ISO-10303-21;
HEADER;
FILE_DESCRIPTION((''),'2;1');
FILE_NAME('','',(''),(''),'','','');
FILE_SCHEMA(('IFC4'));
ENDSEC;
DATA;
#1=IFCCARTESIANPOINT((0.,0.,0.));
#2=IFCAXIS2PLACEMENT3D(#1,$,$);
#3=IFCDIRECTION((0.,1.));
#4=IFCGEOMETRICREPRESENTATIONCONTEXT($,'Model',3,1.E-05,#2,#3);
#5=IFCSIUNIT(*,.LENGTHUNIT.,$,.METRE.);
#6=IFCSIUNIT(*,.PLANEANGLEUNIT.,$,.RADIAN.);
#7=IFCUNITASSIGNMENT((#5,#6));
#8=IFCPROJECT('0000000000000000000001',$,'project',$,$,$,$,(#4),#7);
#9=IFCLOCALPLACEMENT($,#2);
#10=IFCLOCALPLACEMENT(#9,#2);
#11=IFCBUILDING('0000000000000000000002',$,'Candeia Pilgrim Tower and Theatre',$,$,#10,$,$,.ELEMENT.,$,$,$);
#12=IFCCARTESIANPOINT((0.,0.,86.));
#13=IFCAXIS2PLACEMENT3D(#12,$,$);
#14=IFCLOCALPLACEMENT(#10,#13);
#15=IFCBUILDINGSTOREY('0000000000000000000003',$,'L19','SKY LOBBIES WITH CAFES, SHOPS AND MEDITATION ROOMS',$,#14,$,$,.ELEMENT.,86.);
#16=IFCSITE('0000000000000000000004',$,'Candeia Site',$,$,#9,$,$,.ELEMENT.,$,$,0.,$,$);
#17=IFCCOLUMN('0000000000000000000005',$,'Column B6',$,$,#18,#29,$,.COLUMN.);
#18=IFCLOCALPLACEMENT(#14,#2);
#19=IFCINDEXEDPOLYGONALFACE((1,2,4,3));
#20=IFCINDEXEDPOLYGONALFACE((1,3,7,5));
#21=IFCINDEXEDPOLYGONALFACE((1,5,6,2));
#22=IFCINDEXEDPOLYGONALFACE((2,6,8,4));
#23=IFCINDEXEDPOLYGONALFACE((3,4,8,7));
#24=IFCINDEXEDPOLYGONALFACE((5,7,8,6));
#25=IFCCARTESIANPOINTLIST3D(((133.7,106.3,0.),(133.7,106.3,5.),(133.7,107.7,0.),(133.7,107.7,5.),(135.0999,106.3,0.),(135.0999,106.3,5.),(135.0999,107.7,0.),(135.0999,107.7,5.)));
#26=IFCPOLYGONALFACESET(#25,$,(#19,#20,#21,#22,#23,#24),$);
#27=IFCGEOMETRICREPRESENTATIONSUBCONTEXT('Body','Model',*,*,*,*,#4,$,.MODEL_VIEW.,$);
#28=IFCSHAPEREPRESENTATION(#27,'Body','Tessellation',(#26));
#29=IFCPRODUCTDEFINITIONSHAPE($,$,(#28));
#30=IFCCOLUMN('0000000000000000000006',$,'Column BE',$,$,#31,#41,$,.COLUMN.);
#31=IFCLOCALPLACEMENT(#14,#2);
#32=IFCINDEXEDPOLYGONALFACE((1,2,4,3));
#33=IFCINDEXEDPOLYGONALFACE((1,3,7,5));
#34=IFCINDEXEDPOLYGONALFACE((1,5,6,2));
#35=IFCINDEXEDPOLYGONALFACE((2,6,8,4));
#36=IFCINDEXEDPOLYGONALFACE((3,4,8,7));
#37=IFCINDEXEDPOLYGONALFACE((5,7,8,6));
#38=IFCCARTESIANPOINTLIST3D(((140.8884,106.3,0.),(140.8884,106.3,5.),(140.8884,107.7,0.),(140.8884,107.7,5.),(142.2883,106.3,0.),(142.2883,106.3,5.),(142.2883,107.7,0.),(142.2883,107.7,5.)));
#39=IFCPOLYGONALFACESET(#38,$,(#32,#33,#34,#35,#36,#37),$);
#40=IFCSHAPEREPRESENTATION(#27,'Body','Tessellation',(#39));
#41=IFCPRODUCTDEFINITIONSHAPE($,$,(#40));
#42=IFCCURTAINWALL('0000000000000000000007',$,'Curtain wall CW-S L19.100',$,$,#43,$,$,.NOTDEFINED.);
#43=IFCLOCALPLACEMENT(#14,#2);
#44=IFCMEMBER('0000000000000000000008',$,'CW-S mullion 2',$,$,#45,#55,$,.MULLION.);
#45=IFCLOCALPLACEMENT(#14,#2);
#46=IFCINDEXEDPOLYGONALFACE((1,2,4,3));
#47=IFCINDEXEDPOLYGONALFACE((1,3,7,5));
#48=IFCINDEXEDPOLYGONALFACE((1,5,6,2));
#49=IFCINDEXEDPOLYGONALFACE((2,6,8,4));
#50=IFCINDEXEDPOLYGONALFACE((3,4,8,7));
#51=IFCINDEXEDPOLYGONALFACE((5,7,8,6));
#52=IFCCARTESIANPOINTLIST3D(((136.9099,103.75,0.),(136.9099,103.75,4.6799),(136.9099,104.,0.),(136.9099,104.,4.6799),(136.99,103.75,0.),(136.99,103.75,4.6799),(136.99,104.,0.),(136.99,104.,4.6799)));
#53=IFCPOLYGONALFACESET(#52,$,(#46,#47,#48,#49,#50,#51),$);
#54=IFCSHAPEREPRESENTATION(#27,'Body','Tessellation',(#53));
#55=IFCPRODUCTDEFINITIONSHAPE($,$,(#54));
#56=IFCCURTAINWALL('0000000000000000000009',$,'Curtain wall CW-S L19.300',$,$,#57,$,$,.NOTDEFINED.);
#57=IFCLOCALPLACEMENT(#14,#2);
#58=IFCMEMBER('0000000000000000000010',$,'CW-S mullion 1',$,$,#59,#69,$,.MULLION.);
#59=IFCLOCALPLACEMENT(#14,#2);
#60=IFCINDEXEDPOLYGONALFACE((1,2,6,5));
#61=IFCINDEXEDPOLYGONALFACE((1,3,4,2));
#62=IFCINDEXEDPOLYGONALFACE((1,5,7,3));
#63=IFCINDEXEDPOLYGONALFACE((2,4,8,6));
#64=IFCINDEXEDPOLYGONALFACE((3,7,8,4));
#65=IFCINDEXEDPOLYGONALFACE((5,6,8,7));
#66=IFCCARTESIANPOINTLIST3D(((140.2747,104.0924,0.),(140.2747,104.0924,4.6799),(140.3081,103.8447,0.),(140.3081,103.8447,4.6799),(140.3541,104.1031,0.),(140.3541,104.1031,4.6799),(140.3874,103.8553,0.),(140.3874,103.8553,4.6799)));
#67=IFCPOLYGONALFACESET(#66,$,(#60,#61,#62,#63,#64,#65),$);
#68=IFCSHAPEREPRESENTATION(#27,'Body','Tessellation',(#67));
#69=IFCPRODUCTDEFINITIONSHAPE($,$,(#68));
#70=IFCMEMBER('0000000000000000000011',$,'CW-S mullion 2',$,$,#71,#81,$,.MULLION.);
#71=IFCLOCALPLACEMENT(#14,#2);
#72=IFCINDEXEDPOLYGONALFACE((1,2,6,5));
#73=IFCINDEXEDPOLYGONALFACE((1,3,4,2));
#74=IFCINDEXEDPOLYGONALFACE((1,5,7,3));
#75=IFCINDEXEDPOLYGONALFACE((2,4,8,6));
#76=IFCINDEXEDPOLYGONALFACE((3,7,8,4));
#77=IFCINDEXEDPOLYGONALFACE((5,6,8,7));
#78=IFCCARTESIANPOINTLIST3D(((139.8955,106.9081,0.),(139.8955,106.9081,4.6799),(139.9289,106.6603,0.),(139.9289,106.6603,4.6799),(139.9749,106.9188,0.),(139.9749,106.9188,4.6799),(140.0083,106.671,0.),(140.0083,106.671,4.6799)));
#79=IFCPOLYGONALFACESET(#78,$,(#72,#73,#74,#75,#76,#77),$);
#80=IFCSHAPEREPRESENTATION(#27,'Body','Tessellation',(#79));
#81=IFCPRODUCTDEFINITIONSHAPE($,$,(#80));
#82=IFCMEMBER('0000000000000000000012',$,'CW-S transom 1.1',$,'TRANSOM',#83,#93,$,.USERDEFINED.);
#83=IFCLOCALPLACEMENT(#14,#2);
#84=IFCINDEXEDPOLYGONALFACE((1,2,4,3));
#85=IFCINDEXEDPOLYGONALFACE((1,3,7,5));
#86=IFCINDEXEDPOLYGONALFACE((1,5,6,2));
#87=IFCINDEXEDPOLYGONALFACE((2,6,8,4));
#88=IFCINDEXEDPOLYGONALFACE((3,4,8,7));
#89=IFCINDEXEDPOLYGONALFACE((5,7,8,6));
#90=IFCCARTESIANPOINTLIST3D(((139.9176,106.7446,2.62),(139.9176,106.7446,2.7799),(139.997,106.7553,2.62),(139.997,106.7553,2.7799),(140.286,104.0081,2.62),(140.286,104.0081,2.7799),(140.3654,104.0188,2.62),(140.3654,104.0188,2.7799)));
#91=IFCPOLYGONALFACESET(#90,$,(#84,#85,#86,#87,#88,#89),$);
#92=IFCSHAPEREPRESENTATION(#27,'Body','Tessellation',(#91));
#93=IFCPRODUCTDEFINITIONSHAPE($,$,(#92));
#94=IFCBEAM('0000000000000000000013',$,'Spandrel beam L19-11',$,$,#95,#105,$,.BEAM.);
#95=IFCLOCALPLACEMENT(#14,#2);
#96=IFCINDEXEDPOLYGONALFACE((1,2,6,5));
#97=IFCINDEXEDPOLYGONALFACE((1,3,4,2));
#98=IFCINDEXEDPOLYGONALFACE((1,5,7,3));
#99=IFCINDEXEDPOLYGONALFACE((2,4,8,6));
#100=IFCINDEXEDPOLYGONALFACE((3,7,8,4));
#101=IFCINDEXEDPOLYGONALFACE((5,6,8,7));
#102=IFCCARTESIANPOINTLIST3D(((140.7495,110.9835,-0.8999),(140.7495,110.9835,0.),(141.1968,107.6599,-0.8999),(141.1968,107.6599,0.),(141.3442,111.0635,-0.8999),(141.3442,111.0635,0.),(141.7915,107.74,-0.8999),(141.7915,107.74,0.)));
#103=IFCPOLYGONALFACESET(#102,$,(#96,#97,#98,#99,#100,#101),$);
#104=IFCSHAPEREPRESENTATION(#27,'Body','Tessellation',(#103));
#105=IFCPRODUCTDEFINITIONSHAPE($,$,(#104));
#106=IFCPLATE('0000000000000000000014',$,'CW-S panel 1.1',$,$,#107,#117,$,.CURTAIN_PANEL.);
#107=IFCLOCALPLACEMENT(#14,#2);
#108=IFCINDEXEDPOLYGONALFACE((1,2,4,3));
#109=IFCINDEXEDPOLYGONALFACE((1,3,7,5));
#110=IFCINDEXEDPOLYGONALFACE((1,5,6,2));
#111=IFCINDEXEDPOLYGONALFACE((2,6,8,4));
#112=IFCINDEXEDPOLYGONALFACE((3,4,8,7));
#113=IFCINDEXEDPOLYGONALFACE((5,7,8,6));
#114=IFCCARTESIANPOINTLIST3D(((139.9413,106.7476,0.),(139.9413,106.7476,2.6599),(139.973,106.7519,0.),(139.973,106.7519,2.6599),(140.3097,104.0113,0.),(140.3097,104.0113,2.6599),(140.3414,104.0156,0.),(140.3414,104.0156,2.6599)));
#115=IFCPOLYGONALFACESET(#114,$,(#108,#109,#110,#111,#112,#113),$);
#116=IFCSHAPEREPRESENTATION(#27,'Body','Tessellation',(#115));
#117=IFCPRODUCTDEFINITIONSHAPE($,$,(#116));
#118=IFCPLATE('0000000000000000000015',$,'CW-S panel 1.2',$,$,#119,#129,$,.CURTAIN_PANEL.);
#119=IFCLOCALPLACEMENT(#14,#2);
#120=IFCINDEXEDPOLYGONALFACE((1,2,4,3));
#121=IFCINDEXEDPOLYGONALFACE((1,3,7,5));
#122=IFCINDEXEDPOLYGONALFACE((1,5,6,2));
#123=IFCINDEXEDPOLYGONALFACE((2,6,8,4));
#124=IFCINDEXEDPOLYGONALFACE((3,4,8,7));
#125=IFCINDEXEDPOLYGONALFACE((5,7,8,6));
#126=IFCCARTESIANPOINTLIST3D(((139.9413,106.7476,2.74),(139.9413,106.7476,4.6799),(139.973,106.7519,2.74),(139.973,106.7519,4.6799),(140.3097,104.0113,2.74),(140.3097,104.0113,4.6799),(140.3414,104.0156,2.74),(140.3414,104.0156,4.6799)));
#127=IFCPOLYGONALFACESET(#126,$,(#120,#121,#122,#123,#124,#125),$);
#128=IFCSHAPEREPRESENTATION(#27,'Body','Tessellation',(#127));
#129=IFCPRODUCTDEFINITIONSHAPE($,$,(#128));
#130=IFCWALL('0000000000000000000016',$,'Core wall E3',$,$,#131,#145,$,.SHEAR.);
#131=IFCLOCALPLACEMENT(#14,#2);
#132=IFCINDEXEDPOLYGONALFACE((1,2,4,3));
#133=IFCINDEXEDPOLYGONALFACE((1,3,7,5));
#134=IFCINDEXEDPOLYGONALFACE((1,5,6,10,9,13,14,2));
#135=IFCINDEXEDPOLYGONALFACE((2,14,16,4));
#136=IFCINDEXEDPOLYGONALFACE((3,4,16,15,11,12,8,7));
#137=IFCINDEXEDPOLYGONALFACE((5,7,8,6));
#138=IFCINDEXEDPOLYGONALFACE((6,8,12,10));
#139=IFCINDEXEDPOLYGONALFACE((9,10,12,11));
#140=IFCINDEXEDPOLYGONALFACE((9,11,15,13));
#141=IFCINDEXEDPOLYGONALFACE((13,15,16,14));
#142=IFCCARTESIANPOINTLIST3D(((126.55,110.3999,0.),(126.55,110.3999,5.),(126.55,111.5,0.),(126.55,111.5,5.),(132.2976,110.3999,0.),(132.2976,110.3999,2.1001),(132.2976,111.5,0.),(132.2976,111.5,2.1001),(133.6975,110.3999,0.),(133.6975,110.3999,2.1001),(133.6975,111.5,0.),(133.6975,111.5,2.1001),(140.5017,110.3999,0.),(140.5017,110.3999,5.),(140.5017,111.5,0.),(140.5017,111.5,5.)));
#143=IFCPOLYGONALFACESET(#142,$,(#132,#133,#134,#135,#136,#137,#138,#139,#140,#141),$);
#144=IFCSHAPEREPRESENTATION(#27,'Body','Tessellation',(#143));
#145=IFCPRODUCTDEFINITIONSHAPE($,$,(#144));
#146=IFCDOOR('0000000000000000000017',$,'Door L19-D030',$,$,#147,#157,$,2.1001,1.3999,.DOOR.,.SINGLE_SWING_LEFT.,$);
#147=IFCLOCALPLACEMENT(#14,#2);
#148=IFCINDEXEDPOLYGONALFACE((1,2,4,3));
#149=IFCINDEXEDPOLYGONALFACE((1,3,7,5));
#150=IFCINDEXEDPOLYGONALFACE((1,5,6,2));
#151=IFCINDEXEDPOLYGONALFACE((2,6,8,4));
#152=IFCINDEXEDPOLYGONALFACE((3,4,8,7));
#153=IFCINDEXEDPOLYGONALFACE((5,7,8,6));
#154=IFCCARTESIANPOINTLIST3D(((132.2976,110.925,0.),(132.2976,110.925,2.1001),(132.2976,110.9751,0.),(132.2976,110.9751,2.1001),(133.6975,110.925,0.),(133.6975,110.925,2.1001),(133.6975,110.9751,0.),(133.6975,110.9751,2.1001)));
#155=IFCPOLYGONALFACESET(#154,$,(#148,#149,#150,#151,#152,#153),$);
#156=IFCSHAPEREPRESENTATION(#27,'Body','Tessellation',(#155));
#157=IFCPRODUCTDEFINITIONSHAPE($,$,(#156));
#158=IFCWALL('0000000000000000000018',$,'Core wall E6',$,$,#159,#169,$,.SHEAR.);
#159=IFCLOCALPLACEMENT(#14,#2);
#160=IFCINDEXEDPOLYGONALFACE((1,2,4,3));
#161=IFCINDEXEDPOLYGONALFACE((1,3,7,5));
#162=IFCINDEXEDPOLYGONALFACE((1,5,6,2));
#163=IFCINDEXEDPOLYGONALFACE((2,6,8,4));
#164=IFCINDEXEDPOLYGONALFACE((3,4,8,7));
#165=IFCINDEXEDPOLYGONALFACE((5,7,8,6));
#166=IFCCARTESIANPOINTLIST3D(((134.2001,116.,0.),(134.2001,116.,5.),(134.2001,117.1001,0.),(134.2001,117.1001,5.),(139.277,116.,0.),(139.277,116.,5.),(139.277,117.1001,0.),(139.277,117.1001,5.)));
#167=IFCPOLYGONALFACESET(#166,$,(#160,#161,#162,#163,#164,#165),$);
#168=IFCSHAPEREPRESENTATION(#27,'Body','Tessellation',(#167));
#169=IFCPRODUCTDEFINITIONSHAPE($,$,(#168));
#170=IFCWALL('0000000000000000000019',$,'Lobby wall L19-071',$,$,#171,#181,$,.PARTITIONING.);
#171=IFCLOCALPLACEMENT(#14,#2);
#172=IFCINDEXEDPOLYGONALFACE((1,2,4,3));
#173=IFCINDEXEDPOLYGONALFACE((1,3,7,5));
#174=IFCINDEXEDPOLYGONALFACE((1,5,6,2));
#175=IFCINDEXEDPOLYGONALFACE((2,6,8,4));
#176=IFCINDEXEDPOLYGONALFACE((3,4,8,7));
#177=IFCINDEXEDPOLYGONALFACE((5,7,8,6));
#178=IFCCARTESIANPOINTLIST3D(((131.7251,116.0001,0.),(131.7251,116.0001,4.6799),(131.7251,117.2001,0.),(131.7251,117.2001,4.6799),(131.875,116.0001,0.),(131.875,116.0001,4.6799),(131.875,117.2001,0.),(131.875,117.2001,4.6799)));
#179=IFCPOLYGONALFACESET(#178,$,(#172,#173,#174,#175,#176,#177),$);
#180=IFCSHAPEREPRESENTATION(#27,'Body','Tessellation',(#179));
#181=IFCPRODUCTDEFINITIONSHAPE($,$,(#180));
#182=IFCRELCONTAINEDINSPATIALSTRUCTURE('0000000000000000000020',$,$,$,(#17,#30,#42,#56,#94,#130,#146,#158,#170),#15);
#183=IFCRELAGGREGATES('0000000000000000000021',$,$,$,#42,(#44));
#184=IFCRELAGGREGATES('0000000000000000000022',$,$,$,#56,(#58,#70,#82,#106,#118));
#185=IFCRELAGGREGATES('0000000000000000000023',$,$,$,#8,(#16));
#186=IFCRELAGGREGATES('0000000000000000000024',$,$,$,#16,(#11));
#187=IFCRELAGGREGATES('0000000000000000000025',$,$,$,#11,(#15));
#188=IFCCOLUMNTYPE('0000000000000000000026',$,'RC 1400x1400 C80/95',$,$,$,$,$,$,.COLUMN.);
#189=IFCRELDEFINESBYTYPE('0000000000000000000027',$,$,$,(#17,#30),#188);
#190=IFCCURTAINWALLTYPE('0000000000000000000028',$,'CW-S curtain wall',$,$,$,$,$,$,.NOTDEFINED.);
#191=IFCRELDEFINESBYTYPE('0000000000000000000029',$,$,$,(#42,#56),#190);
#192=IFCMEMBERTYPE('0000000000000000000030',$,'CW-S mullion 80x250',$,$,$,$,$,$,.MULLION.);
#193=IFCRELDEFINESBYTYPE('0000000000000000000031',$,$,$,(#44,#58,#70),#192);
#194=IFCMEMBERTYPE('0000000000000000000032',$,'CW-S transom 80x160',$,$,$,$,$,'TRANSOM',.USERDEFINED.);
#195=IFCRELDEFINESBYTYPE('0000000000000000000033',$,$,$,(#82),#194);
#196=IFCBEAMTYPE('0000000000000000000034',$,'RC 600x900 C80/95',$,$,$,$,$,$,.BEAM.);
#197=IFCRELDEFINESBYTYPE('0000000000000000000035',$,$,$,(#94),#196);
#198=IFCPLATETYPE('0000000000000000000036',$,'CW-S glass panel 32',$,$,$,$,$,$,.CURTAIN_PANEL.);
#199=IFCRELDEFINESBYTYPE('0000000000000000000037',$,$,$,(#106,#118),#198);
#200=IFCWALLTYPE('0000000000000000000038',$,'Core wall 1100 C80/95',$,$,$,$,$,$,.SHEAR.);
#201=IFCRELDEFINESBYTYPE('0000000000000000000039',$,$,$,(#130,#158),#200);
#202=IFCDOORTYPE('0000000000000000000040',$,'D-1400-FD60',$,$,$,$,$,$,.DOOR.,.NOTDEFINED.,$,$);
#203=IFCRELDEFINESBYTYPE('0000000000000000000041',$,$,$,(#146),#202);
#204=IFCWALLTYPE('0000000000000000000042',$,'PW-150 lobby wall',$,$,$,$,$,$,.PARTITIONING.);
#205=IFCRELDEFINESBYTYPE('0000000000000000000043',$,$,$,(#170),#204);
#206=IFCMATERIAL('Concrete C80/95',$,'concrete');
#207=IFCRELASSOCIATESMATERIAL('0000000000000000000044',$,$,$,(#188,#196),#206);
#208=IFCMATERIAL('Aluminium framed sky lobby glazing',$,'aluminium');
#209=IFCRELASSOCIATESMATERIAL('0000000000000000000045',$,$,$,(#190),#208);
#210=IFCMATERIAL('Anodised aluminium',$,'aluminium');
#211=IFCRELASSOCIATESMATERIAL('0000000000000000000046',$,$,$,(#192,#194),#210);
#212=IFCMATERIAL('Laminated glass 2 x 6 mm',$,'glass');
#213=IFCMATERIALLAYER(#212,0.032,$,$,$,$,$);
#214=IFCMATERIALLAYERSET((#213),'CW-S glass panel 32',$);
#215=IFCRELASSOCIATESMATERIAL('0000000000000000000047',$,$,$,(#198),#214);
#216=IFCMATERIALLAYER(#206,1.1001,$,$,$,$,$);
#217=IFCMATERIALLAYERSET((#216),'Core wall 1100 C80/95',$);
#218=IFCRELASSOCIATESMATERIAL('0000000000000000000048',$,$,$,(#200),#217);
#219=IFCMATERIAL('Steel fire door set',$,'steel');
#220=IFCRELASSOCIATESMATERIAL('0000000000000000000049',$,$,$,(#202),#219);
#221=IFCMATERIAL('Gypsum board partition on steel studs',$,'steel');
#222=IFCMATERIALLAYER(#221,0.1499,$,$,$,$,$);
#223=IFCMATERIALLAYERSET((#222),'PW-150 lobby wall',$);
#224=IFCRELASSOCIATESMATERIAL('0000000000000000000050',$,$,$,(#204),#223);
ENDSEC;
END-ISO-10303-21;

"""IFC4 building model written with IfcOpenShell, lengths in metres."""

from ifc_helpers import new_model, si_unit, direction, frame, frame_2d, origin, origin_2d, place, context, subcontext, project, spatial, rectangle, extrude, material, layer, layer_set, material_profile, profile_set, type_object, element, fill, aggregate, save


model = new_model("IFC4")

# Units and contexts
model_context = context("Model", 3, precision=1e-05, world=origin(), true_north=direction((0.0, 1.0)))
body_context = subcontext(model_context, "Body", "Model", "MODEL_VIEW")
ifc_project = project(units=[si_unit("LENGTHUNIT", "METRE"), si_unit("PLANEANGLEUNIT", "RADIAN")], contexts=[model_context])

# Site, building, storey
site_placement = place(None, origin())
site = spatial("IfcSite", under=ifc_project, at=site_placement, Name="Candeia Site", CompositionType="ELEMENT", RefElevation=0.0)
building_placement = place(site_placement, origin())
building = spatial("IfcBuilding", under=site, at=building_placement, Name="Candeia Pilgrim Tower and Theatre", CompositionType="ELEMENT")
storey_placement = place(building_placement, frame((0.0, 0.0, 86.0)))
storey = spatial("IfcBuildingStorey", under=building, at=storey_placement, Name="L19", Description="SKY LOBBIES WITH CAFES, SHOPS AND MEDITATION ROOMS", CompositionType="ELEMENT", Elevation=86.0)

# Columns
ifc_material_1 = material(Name="Concrete C80/95", Category="concrete")
ifc_material_profile_1 = material_profile(ifc_material_1, rectangle(XDim=1.3999, YDim=1.3999, at=origin_2d()))
ifc_profile_set_1 = profile_set([ifc_material_profile_1], Name="Concrete C80/95")
column_type = type_object("IfcColumnType", Name="RC 1400x1400 C80/95", PredefinedType="COLUMN", material=ifc_profile_set_1)
for number, where, z_axis, x_axis, name in (
    (1, (134.3999, 107.0, 0.0), (0.0, 0.0, 1.0), (1.0, 0.0, 0.0), "Column B6"),
    (2, (141.5884, 107.0, 0.0), (0.0, 0.0, 1.0), (1.0, 0.0, 0.0), "Column BE"),
):
    element("IfcColumn", number, at=place(storey_placement, frame(where, z_axis=z_axis, x_axis=x_axis)), inside=storey, type_object=column_type, Name=name, PredefinedType="COLUMN", context=body_context, shape_type="SweptSolid", body=[
        extrude(rectangle(XDim=1.3999, YDim=1.3999, at=origin_2d()), origin(), (0.0, 0.0, 1.0), 5.0),
    ])

# Curtain wall, member
ifc_material_2 = material(Name="Aluminium framed sky lobby glazing", Category="aluminium")
curtain_wall_type = type_object("IfcCurtainWallType", Name="CW-S curtain wall", PredefinedType="NOTDEFINED", material=ifc_material_2)
curtain_wall_1_placement = place(storey_placement, origin())
curtain_wall_1 = element("IfcCurtainWall", 3, at=curtain_wall_1_placement, inside=storey, type_object=curtain_wall_type, Name="Curtain wall CW-S L19.100", PredefinedType="NOTDEFINED")
ifc_material_3 = material(Name="Anodised aluminium", Category="aluminium")
ifc_material_profile_2 = material_profile(ifc_material_3, rectangle(XDim=0.0801, YDim=0.25, at=origin_2d()))
ifc_profile_set_2 = profile_set([ifc_material_profile_2], Name="Anodised aluminium")
member_type_1 = type_object("IfcMemberType", Name="CW-S mullion 80x250", PredefinedType="MULLION", material=ifc_profile_set_2)
member_1_placement = place(storey_placement, frame((136.95, 103.875, 0.0), z_axis=(0.0, 0.0, 1.0), x_axis=(-1.0, 0.0, 0.0)))
member_1 = element("IfcMember", 4, at=member_1_placement, type_object=member_type_1, Name="CW-S mullion 2", PredefinedType="MULLION", context=body_context, shape_type="SweptSolid", body=[
    extrude(rectangle(XDim=0.0801, YDim=0.25, at=origin_2d()), origin(), (0.0, 0.0, 1.0), 4.6799),
])
aggregate(curtain_wall_1, [member_1])

# Curtain wall, members
curtain_wall_2_placement = place(storey_placement, origin())
curtain_wall_2 = element("IfcCurtainWall", 5, at=curtain_wall_2_placement, inside=storey, type_object=curtain_wall_type, Name="Curtain wall CW-S L19.300", PredefinedType="NOTDEFINED")
member_2_placement = place(storey_placement, frame((140.3311, 103.9739, 0.0), z_axis=(0.0, 0.0, 1.0), x_axis=(-0.991061, -0.133412, 0.0)))
member_2 = element("IfcMember", 6, at=member_2_placement, type_object=member_type_1, Name="CW-S mullion 1", PredefinedType="MULLION", context=body_context, shape_type="SweptSolid", body=[
    extrude(rectangle(XDim=0.0801, YDim=0.25, at=origin_2d()), origin(), (0.0, 0.0, 1.0), 4.6799),
])
member_3_placement = place(storey_placement, frame((139.9519, 106.7896, 0.0), z_axis=(0.0, 0.0, 1.0), x_axis=(-0.991061, -0.133412, 0.0)))
member_3 = element("IfcMember", 7, at=member_3_placement, type_object=member_type_1, Name="CW-S mullion 2", PredefinedType="MULLION", context=body_context, shape_type="SweptSolid", body=[
    extrude(rectangle(XDim=0.0801, YDim=0.25, at=origin_2d()), origin(), (0.0, 0.0, 1.0), 4.6799),
])
ifc_material_profile_3 = material_profile(ifc_material_3, rectangle(XDim=0.0801, YDim=0.1599, at=origin_2d()))
ifc_profile_set_3 = profile_set([ifc_material_profile_3], Name="Anodised aluminium")
member_type_2 = type_object("IfcMemberType", Name="CW-S transom 80x160", ElementType="TRANSOM", PredefinedType="USERDEFINED", material=ifc_profile_set_3)
member_4_placement = place(storey_placement, frame((140.3257, 104.0134, 2.7), z_axis=(-0.13342, 0.99106, 0.0), x_axis=(-0.99106, -0.13342, 0.0)))
member_4 = element("IfcMember", 8, at=member_4_placement, type_object=member_type_2, Name="CW-S transom 1.1", ObjectType="TRANSOM", PredefinedType="USERDEFINED", context=body_context, shape_type="SweptSolid", body=[
    extrude(rectangle(XDim=0.0801, YDim=0.1599, at=origin_2d()), origin(), (0.0, 0.0, 1.0), 2.7612),
])

# Beam
ifc_material_profile_4 = material_profile(ifc_material_1, rectangle(XDim=0.6001, YDim=0.8999, at=origin_2d()))
ifc_profile_set_4 = profile_set([ifc_material_profile_4], Name="Concrete C80/95")
beam_type = type_object("IfcBeamType", Name="RC 600x900 C80/95", PredefinedType="BEAM", material=ifc_profile_set_4)
beam_placement = place(storey_placement, frame((141.4941, 107.7, -0.45), z_axis=(-0.133375, 0.991066, 0.0), x_axis=(-0.991066, -0.133375, 0.0)))
element("IfcBeam", 9, at=beam_placement, inside=storey, type_object=beam_type, Name="Spandrel beam L19-11", PredefinedType="BEAM", context=body_context, shape_type="SweptSolid", body=[
    extrude(rectangle(XDim=0.6001, YDim=0.8999, at=origin_2d()), origin(), (0.0, 0.0, 1.0), 3.3535),
])

# Plates
ifc_material_4 = material(Name="Laminated glass 2 x 6 mm", Category="glass")
ifc_layer_1 = layer(ifc_material_4, 0.032)
ifc_layer_set_1 = layer_set([ifc_layer_1], Name="CW-S glass panel 32")
plate_type = type_object("IfcPlateType", Name="CW-S glass panel 32", PredefinedType="CURTAIN_PANEL", material=ifc_layer_set_1)
plate_1_placement = place(storey_placement, frame((140.1414, 105.3816, 0.0), z_axis=(0.0, 0.0, 1.0), x_axis=(-0.133412, 0.991061, 0.0)))
plate_1 = element("IfcPlate", 10, at=plate_1_placement, type_object=plate_type, Name="CW-S panel 1.1", PredefinedType="CURTAIN_PANEL", context=body_context, shape_type="SweptSolid", body=[
    extrude(rectangle(XDim=2.761, YDim=0.032, at=origin_2d()), origin(), (0.0, 0.0, 1.0), 2.6599),
])
plate_2_placement = place(storey_placement, frame((140.1414, 105.3816, 2.74), z_axis=(0.0, 0.0, 1.0), x_axis=(-0.133412, 0.991061, 0.0)))
plate_2 = element("IfcPlate", 11, at=plate_2_placement, type_object=plate_type, Name="CW-S panel 1.2", PredefinedType="CURTAIN_PANEL", context=body_context, shape_type="SweptSolid", body=[
    extrude(rectangle(XDim=2.761, YDim=0.032, at=origin_2d()), origin(), (0.0, 0.0, 1.0), 1.9399),
])
aggregate(curtain_wall_2, [member_2, member_3, member_4, plate_1, plate_2])

# Wall, opening, door
ifc_layer_2 = layer(ifc_material_1, 1.1001)
ifc_layer_set_2 = layer_set([ifc_layer_2], Name="Core wall 1100 C80/95")
wall_type_1 = type_object("IfcWallType", Name="Core wall 1100 C80/95", PredefinedType="SHEAR", material=ifc_layer_set_2)
wall_1_placement = place(storey_placement, frame((140.5017, 110.95, 0.0), z_axis=(0.0, 0.0, 1.0), x_axis=(-1.0, 0.0, 0.0)))
wall_1 = element("IfcWall", 12, at=wall_1_placement, inside=storey, type_object=wall_type_1, Name="Core wall E3", PredefinedType="SHEAR", context=body_context, shape_type="SweptSolid", body=[
    extrude(rectangle(XDim=13.9517, YDim=1.1001, at=frame_2d((6.9758, 0.0))), origin(), (0.0, 0.0, 1.0), 5.0),
])
opening_1_placement = place(wall_1_placement, frame((6.8042, 0.0, 0.0)))
opening_1 = element("IfcOpeningElement", 13, at=opening_1_placement, cuts=wall_1, PredefinedType="OPENING", context=body_context, shape_type="SweptSolid", body=[
    extrude(rectangle(XDim=1.3999, YDim=2.1001, at=frame_2d((0.7, 1.05))), frame((0.0, 0.5601, 0.0), z_axis=(0.0, -1.0, 0.0), x_axis=(1.0, 0.0, 0.0)), (0.0, 0.0, 1.0), 1.1201),
])
ifc_material_5 = material(Name="Steel fire door set", Category="steel")
door_type_1 = type_object("IfcDoorType", Name="D-1400-FD60", OperationType="NOTDEFINED", PredefinedType="DOOR", material=ifc_material_5)
door_1_placement = place(opening_1_placement, origin())
door_1 = element("IfcDoor", 14, at=door_1_placement, inside=storey, type_object=door_type_1, Name="Door L19-D030", OperationType="SINGLE_SWING_LEFT", OverallHeight=2.1001, OverallWidth=1.3999, PredefinedType="DOOR", context=body_context, shape_type="SweptSolid", body=[
    extrude(rectangle(XDim=1.3999, YDim=2.1001, at=frame_2d((0.7, 1.05))), frame((0.0, 0.0249, 0.0), z_axis=(0.0, -1.0, 0.0), x_axis=(1.0, 0.0, 0.0)), (0.0, 0.0, 1.0), 0.05),
])
fill(opening_1, door_1)

# Wall
wall_2_placement = place(storey_placement, frame((134.2, 116.55, 0.0), z_axis=(0.0, 0.0, 1.0), x_axis=(1.0, 0.0, 0.0)))
element("IfcWall", 15, at=wall_2_placement, inside=storey, type_object=wall_type_1, Name="Core wall E6", PredefinedType="SHEAR", context=body_context, shape_type="SweptSolid", body=[
    extrude(rectangle(XDim=5.0769, YDim=1.1001, at=frame_2d((2.5386, 0.0))), origin(), (0.0, 0.0, 1.0), 5.0),
])

# Wall
ifc_material_6 = material(Name="Gypsum board partition on steel studs", Category="steel")
ifc_layer_3 = layer(ifc_material_6, 0.1499)
ifc_layer_set_3 = layer_set([ifc_layer_3], Name="PW-150 lobby wall")
wall_type_2 = type_object("IfcWallType", Name="PW-150 lobby wall", PredefinedType="PARTITIONING", material=ifc_layer_set_3)
wall_3_placement = place(storey_placement, frame((131.8, 116.0, 0.0), z_axis=(0.0, 0.0, 1.0), x_axis=(0.0, 1.0, 0.0)))
element("IfcWall", 16, at=wall_3_placement, inside=storey, type_object=wall_type_2, Name="Lobby wall L19-071", PredefinedType="PARTITIONING", context=body_context, shape_type="SweptSolid", body=[
    extrude(rectangle(XDim=1.2, YDim=0.1499, at=frame_2d((0.6001, 0.0))), origin(), (0.0, 0.0, 1.0), 4.6799),
])

save(model, "model.ifc")
